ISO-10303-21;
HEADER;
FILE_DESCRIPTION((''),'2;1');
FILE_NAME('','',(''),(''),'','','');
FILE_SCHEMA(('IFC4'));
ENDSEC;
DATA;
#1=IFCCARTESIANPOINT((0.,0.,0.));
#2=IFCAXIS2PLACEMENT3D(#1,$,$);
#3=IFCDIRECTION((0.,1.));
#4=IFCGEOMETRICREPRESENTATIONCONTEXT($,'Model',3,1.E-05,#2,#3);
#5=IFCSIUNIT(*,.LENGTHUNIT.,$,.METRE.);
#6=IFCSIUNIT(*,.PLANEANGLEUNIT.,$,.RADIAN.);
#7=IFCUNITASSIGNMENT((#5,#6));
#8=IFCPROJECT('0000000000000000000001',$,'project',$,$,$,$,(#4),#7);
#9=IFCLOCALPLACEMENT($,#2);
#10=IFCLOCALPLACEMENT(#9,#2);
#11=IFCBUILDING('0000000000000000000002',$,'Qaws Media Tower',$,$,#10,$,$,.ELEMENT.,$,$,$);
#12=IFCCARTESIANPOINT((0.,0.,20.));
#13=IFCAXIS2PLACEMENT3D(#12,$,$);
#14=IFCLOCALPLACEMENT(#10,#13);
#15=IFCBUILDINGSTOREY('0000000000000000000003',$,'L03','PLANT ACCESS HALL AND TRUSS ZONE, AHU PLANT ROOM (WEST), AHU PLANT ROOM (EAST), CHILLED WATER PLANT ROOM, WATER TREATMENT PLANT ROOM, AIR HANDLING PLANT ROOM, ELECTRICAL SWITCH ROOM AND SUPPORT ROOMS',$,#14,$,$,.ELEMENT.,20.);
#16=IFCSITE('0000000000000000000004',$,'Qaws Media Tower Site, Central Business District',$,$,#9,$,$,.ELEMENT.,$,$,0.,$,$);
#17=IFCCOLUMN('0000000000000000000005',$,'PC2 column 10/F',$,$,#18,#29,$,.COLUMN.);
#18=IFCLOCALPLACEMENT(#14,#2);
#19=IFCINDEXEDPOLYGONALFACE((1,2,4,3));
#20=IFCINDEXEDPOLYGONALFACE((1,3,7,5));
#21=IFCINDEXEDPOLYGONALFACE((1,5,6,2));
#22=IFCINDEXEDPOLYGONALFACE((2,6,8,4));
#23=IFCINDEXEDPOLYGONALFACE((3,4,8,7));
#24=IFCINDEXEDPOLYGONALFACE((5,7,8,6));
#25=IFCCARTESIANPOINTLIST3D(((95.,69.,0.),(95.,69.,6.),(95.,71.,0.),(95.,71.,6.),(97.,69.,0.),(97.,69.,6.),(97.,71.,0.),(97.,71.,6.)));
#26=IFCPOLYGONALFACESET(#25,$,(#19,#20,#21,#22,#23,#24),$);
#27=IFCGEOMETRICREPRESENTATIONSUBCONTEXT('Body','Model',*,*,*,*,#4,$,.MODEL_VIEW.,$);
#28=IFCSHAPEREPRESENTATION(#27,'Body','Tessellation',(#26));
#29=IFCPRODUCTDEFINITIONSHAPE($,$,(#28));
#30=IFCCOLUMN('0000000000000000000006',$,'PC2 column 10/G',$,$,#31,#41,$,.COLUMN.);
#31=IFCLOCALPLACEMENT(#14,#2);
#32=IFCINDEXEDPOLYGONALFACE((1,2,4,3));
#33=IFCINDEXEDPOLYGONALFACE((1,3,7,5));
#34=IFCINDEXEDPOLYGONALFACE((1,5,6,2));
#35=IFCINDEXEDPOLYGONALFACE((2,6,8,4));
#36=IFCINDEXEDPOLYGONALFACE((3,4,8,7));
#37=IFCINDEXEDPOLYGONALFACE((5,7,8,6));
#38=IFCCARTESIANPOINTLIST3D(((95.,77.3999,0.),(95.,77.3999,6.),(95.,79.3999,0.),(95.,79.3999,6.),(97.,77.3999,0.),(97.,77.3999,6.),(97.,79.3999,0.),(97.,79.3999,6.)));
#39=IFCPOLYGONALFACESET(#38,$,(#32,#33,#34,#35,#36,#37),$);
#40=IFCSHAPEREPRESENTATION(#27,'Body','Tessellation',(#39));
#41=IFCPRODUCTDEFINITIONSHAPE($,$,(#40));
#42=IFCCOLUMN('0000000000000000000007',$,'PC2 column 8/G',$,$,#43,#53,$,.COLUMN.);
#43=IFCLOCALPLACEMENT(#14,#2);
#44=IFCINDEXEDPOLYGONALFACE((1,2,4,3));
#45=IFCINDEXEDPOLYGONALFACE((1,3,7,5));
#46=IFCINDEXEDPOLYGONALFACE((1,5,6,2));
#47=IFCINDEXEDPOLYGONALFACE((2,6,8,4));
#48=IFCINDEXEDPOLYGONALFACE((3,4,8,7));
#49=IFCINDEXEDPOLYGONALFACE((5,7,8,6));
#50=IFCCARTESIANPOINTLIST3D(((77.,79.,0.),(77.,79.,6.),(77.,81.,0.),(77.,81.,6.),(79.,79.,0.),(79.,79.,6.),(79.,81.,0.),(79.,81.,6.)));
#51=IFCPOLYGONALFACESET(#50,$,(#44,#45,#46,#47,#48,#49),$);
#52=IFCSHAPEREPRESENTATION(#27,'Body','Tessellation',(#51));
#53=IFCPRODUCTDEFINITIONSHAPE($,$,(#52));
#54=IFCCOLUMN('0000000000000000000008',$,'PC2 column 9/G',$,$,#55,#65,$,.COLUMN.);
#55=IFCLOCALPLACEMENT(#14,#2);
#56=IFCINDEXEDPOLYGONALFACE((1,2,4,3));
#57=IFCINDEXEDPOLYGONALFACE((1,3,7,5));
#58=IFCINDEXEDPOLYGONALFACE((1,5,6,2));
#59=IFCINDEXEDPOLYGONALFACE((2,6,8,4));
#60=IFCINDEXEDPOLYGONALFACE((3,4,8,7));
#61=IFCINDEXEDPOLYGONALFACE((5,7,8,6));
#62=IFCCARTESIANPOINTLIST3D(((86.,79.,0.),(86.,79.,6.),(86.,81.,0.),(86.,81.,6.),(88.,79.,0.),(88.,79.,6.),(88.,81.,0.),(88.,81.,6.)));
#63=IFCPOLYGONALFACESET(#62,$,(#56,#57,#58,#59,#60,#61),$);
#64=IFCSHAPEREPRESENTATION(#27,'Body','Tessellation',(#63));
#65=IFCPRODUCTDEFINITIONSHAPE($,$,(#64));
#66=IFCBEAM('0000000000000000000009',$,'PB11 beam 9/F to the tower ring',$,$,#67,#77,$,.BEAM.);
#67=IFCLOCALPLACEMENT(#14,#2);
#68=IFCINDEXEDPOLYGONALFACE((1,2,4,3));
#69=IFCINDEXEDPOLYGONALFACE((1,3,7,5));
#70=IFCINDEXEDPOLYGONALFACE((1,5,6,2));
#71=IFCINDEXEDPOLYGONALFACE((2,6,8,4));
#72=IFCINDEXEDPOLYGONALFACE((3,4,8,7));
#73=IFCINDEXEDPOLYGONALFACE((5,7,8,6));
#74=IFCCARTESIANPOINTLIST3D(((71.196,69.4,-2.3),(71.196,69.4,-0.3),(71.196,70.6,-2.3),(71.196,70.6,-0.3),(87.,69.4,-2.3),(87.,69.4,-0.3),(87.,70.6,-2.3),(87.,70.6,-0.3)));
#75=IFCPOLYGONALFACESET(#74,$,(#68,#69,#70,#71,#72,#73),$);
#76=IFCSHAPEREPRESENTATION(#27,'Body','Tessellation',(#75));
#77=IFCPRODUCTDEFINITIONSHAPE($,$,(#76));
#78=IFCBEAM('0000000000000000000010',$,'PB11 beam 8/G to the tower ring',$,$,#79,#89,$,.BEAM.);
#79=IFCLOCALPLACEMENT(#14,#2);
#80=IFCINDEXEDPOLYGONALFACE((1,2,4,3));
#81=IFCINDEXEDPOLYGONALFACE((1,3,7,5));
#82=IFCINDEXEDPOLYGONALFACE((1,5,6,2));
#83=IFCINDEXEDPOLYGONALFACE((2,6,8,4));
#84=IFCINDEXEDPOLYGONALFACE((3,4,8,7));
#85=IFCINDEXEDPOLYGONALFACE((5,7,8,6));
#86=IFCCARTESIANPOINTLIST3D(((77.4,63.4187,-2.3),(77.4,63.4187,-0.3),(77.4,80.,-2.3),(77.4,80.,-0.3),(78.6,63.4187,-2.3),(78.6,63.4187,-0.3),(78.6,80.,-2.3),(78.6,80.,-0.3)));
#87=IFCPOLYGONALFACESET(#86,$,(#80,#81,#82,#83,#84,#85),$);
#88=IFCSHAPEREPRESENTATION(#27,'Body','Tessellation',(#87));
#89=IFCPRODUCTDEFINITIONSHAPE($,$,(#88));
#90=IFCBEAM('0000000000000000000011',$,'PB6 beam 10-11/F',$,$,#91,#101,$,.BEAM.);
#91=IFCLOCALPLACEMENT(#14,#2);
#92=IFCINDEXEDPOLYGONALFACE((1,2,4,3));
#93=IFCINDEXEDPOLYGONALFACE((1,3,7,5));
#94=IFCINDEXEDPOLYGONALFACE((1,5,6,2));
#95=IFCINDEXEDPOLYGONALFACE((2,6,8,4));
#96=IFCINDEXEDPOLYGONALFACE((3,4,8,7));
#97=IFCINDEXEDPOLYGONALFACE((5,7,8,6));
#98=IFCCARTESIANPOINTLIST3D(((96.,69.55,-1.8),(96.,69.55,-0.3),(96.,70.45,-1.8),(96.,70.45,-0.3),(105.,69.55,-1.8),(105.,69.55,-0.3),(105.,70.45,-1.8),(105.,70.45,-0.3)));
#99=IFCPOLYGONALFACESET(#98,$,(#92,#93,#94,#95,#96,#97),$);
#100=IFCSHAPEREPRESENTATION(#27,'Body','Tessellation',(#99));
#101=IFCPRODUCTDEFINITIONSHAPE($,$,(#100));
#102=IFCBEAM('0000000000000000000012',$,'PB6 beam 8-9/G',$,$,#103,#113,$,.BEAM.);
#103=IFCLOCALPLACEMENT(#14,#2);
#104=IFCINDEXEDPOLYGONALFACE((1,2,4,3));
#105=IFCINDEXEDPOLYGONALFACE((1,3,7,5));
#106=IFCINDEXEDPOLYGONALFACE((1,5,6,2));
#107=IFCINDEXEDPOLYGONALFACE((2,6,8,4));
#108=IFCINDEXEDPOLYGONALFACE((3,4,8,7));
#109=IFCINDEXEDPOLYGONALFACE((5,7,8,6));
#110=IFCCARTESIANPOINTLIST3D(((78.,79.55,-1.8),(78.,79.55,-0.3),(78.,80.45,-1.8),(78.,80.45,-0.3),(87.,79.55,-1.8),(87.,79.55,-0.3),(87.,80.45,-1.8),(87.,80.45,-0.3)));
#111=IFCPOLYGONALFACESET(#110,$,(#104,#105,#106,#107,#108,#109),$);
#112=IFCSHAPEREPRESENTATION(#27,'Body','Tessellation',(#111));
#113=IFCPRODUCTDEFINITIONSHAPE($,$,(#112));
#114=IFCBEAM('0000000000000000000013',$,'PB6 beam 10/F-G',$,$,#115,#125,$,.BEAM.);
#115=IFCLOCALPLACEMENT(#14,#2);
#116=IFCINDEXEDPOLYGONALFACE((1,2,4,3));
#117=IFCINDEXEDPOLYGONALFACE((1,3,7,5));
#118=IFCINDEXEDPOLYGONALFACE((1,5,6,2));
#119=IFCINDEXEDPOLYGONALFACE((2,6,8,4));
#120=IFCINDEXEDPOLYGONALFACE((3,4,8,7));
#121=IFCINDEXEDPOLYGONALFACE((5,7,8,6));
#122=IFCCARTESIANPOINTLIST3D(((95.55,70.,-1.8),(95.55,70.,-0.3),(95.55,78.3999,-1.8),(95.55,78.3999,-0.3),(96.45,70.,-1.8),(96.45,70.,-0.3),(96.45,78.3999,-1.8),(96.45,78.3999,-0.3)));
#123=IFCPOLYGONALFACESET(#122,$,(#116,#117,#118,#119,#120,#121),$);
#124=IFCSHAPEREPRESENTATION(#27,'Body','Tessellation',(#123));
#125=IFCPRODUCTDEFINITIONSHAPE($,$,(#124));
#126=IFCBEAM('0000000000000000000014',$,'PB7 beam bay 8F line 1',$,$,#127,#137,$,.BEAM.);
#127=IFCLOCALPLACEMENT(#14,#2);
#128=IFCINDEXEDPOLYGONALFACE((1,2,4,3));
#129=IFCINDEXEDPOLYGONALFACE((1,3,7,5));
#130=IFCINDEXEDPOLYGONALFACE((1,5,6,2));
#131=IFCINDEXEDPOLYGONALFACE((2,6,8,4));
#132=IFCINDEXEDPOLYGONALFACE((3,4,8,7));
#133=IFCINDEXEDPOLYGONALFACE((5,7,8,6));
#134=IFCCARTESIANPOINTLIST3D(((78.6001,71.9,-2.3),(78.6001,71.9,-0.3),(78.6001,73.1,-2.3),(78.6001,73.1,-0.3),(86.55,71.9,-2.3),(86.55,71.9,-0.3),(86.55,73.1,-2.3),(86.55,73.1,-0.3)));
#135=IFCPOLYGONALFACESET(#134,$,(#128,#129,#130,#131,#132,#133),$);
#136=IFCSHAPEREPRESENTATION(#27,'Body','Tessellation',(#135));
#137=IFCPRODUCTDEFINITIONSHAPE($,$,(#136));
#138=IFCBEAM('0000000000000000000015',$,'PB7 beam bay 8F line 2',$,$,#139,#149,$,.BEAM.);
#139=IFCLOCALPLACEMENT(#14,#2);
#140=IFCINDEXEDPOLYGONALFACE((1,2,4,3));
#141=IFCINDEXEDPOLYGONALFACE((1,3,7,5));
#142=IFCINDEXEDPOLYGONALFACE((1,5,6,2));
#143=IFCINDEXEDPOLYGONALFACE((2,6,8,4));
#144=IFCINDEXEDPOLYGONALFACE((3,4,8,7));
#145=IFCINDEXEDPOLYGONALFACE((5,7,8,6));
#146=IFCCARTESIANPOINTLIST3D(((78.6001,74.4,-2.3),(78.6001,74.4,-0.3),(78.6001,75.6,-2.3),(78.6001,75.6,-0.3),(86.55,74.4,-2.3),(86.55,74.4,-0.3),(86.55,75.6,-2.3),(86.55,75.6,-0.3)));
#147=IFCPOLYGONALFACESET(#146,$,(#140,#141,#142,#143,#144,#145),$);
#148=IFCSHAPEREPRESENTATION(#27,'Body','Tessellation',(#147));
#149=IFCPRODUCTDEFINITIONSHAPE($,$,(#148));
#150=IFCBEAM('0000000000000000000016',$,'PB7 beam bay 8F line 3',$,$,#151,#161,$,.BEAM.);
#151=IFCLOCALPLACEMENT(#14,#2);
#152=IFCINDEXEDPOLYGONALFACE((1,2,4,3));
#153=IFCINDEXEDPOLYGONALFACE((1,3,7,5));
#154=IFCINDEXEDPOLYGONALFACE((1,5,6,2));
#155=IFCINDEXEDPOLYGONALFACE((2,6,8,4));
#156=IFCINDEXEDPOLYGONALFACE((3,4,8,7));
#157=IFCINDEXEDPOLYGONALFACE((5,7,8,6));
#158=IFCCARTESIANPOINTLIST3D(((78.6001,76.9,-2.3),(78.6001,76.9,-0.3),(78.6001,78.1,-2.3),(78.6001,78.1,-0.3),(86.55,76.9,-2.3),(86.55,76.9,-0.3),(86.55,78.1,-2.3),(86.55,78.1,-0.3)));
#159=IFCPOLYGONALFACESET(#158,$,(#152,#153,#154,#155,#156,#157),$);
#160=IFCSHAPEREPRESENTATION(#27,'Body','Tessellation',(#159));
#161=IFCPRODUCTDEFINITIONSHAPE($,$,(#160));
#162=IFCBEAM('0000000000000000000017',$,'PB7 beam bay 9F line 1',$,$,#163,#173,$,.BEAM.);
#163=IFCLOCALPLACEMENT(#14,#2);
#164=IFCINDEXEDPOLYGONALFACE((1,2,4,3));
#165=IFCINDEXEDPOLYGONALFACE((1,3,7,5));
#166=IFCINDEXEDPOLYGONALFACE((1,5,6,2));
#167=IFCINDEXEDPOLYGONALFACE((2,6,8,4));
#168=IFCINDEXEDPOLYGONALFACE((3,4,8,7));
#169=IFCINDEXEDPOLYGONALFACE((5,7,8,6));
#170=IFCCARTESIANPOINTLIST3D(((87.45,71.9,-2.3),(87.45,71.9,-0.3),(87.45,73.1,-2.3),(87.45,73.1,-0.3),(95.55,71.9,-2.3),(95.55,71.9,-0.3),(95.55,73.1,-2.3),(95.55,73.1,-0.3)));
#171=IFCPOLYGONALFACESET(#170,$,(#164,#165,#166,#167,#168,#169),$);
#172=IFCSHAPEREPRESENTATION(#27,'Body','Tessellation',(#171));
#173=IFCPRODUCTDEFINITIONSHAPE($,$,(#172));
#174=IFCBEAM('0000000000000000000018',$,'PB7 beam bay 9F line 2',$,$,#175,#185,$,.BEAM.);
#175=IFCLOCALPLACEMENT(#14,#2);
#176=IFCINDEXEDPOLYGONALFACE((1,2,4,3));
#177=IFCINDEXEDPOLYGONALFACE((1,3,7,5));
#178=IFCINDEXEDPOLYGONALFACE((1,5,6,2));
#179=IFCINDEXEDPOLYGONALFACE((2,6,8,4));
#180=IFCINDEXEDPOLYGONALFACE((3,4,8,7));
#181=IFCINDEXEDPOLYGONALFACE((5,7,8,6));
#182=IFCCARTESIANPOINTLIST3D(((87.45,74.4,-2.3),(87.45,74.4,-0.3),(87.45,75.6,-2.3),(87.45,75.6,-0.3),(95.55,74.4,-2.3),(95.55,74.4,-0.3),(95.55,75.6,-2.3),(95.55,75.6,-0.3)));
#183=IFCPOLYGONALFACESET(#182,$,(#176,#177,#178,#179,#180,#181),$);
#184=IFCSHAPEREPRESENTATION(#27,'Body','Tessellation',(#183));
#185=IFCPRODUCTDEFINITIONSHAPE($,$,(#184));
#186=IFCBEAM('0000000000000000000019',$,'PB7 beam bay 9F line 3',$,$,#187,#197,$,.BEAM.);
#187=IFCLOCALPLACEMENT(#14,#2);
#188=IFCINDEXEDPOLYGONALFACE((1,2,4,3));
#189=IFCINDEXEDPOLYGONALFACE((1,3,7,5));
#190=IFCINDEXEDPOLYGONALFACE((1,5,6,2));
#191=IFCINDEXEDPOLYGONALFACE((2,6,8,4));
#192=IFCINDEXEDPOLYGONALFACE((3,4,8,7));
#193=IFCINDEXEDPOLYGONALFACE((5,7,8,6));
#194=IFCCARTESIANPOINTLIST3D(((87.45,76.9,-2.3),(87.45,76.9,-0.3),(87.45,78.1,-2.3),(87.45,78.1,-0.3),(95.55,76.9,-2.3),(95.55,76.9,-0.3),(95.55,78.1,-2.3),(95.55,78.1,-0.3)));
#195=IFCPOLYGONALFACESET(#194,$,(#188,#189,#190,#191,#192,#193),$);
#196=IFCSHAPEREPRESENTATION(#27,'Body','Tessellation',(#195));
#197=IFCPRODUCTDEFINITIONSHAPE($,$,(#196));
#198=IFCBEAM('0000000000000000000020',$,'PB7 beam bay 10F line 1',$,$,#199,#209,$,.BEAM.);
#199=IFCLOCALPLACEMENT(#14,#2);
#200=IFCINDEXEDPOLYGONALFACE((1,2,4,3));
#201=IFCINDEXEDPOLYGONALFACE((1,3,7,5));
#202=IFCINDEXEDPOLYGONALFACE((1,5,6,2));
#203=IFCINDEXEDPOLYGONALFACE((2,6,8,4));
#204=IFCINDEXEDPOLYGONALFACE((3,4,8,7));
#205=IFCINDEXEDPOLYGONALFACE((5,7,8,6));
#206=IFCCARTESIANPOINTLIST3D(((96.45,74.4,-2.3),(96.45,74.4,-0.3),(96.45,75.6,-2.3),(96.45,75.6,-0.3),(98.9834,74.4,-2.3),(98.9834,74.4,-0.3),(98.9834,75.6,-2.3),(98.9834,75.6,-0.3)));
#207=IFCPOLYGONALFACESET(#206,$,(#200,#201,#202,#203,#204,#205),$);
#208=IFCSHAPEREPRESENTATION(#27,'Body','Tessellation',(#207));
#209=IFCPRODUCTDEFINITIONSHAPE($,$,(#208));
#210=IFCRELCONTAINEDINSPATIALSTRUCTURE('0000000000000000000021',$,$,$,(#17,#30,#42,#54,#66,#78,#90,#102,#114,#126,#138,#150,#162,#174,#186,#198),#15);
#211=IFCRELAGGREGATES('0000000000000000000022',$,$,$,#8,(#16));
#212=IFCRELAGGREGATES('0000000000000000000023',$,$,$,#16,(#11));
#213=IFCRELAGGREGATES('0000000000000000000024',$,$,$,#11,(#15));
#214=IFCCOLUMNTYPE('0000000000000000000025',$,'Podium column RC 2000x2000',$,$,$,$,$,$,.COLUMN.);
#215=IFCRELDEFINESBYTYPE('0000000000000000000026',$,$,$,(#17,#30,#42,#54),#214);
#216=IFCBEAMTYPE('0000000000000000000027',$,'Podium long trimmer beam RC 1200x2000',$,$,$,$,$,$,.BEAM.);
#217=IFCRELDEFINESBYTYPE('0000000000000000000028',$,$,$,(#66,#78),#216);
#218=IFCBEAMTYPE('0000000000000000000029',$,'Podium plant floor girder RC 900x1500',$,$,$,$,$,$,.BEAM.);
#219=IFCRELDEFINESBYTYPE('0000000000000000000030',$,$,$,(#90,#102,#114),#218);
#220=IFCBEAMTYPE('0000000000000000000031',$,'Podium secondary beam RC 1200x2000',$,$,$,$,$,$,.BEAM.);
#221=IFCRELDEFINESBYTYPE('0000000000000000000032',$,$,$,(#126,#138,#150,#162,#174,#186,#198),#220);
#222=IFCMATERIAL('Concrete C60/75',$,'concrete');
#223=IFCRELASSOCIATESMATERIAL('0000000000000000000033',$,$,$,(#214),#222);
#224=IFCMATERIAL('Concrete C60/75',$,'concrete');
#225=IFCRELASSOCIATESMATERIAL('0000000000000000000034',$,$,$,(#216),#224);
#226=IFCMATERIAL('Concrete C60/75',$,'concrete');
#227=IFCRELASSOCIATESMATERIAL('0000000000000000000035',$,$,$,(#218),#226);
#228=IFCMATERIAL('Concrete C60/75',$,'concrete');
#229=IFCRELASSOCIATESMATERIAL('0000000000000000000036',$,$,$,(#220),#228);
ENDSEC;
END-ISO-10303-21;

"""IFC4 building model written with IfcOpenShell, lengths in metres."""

from ifc_helpers import new_model, si_unit, direction, frame, origin, origin_2d, place, context, subcontext, project, spatial, rectangle, extrude, material, material_profile, profile_set, type_object, element, save


model = new_model("IFC4")

# Units and contexts
model_context = context("Model", 3, precision=1e-05, world=origin(), true_north=direction((0.0, 1.0)))
body_context = subcontext(model_context, "Body", "Model", "MODEL_VIEW")
ifc_project = project(units=[si_unit("LENGTHUNIT", "METRE"), si_unit("PLANEANGLEUNIT", "RADIAN")], contexts=[model_context])

# Site, building, storey
site_placement = place(None, origin())
site = spatial("IfcSite", under=ifc_project, at=site_placement, Name="Qaws Media Tower Site, Central Business District", CompositionType="ELEMENT", RefElevation=0.0)
building_placement = place(site_placement, origin())
building = spatial("IfcBuilding", under=site, at=building_placement, Name="Qaws Media Tower", CompositionType="ELEMENT")
storey_placement = place(building_placement, frame((0.0, 0.0, 20.0)))
storey = spatial("IfcBuildingStorey", under=building, at=storey_placement, Name="L03", Description="PLANT ACCESS HALL AND TRUSS ZONE, AHU PLANT ROOM (WEST), AHU PLANT ROOM (EAST), CHILLED WATER PLANT ROOM, WATER TREATMENT PLANT ROOM, AIR HANDLING PLANT ROOM, ELECTRICAL SWITCH ROOM AND SUPPORT ROOMS", CompositionType="ELEMENT", Elevation=20.0)

# Columns
ifc_material_1 = material(Name="Concrete C60/75", Category="concrete")
ifc_material_profile_1 = material_profile(ifc_material_1, rectangle(XDim=2.0, YDim=2.0, at=origin_2d()), Name="RC 2000x2000")
ifc_profile_set_1 = profile_set([ifc_material_profile_1], Name="Concrete C60/75")
column_type = type_object("IfcColumnType", Name="Podium column RC 2000x2000", PredefinedType="COLUMN", material=ifc_profile_set_1)
for number, where, z_axis, x_axis, name in (
    (1, (96.0, 70.0, 0.0), (0.0, 0.0, 1.0), (1.0, 0.0, 0.0), "PC2 column 10/F"),
    (2, (96.0, 78.3999, 0.0), (0.0, 0.0, 1.0), (1.0, 0.0, 0.0), "PC2 column 10/G"),
    (3, (78.0, 80.0, 0.0), (0.0, 0.0, 1.0), (1.0, 0.0, 0.0), "PC2 column 8/G"),
    (4, (87.0, 80.0, 0.0), (0.0, 0.0, 1.0), (1.0, 0.0, 0.0), "PC2 column 9/G"),
):
    element("IfcColumn", number, at=place(storey_placement, frame(where, z_axis=z_axis, x_axis=x_axis)), inside=storey, type_object=column_type, Name=name, PredefinedType="COLUMN", context=body_context, shape_type="SweptSolid", body=[
        extrude(rectangle(XDim=2.0, YDim=2.0, at=origin_2d()), origin(), (0.0, 0.0, 1.0), 6.0),
    ])

# Beams
ifc_material_2 = material(Name="Concrete C60/75", Category="concrete")
ifc_material_profile_2 = material_profile(ifc_material_2, rectangle(XDim=1.2, YDim=2.0, at=origin_2d()), Name="RC 1200x2000")
ifc_profile_set_2 = profile_set([ifc_material_profile_2], Name="Concrete C60/75")
beam_type_1 = type_object("IfcBeamType", Name="Podium long trimmer beam RC 1200x2000", PredefinedType="BEAM", material=ifc_profile_set_2)
beam_1_placement = place(storey_placement, frame((87.0, 70.0, -1.3), z_axis=(-1.0, 0.0, 0.0), x_axis=(0.0, -1.0, 0.0)))
element("IfcBeam", 5, at=beam_1_placement, inside=storey, type_object=beam_type_1, Name="PB11 beam 9/F to the tower ring", PredefinedType="BEAM", context=body_context, shape_type="SweptSolid", body=[
    extrude(rectangle(XDim=1.2, YDim=2.0, at=origin_2d()), origin(), (0.0, 0.0, 1.0), 15.804),
])
beam_2_placement = place(storey_placement, frame((78.0, 80.0, -1.3), z_axis=(0.0, -1.0, 0.0), x_axis=(1.0, 0.0, 0.0)))
element("IfcBeam", 6, at=beam_2_placement, inside=storey, type_object=beam_type_1, Name="PB11 beam 8/G to the tower ring", PredefinedType="BEAM", context=body_context, shape_type="SweptSolid", body=[
    extrude(rectangle(XDim=1.2, YDim=2.0, at=origin_2d()), origin(), (0.0, 0.0, 1.0), 16.5813),
])
ifc_material_3 = material(Name="Concrete C60/75", Category="concrete")
ifc_material_profile_3 = material_profile(ifc_material_3, rectangle(XDim=0.8999, YDim=1.5, at=origin_2d()), Name="RC 900x1500")
ifc_profile_set_3 = profile_set([ifc_material_profile_3], Name="Concrete C60/75")
beam_type_2 = type_object("IfcBeamType", Name="Podium plant floor girder RC 900x1500", PredefinedType="BEAM", material=ifc_profile_set_3)
for number, where, z_axis, x_axis, name in (
    (7, (96.0, 70.0, -1.05), (1.0, 0.0, 0.0), (0.0, 1.0, 0.0), "PB6 beam 10-11/F"),
    (8, (78.0, 80.0, -1.05), (1.0, 0.0, 0.0), (0.0, 1.0, 0.0), "PB6 beam 8-9/G"),
):
    element("IfcBeam", number, at=place(storey_placement, frame(where, z_axis=z_axis, x_axis=x_axis)), inside=storey, type_object=beam_type_2, Name=name, PredefinedType="BEAM", context=body_context, shape_type="SweptSolid", body=[
        extrude(rectangle(XDim=0.8999, YDim=1.5, at=origin_2d()), origin(), (0.0, 0.0, 1.0), 9.0),
    ])
beam_3_placement = place(storey_placement, frame((96.0, 70.0, -1.05), z_axis=(0.0, 1.0, 0.0), x_axis=(-1.0, 0.0, 0.0)))
element("IfcBeam", 9, at=beam_3_placement, inside=storey, type_object=beam_type_2, Name="PB6 beam 10/F-G", PredefinedType="BEAM", context=body_context, shape_type="SweptSolid", body=[
    extrude(rectangle(XDim=0.8999, YDim=1.5, at=origin_2d()), origin(), (0.0, 0.0, 1.0), 8.3999),
])
ifc_material_4 = material(Name="Concrete C60/75", Category="concrete")
ifc_material_profile_4 = material_profile(ifc_material_4, rectangle(XDim=1.2, YDim=2.0, at=origin_2d()), Name="RC 1200x2000")
ifc_profile_set_4 = profile_set([ifc_material_profile_4], Name="Concrete C60/75")
beam_type_3 = type_object("IfcBeamType", Name="Podium secondary beam RC 1200x2000", PredefinedType="BEAM", material=ifc_profile_set_4)
for number, where, z_axis, x_axis, name in (
    (10, (78.6001, 72.5, -1.3), (1.0, 0.0, 0.0), (0.0, 1.0, 0.0), "PB7 beam bay 8F line 1"),
    (11, (78.6001, 75.0, -1.3), (1.0, 0.0, 0.0), (0.0, 1.0, 0.0), "PB7 beam bay 8F line 2"),
    (12, (78.6001, 77.5, -1.3), (1.0, 0.0, 0.0), (0.0, 1.0, 0.0), "PB7 beam bay 8F line 3"),
):
    element("IfcBeam", number, at=place(storey_placement, frame(where, z_axis=z_axis, x_axis=x_axis)), inside=storey, type_object=beam_type_3, Name=name, PredefinedType="BEAM", context=body_context, shape_type="SweptSolid", body=[
        extrude(rectangle(XDim=1.2, YDim=2.0, at=origin_2d()), origin(), (0.0, 0.0, 1.0), 7.95),
    ])
for number, where, z_axis, x_axis, name in (
    (13, (87.45, 72.5, -1.3), (1.0, 0.0, 0.0), (0.0, 1.0, 0.0), "PB7 beam bay 9F line 1"),
    (14, (87.45, 75.0, -1.3), (1.0, 0.0, 0.0), (0.0, 1.0, 0.0), "PB7 beam bay 9F line 2"),
    (15, (87.45, 77.5, -1.3), (1.0, 0.0, 0.0), (0.0, 1.0, 0.0), "PB7 beam bay 9F line 3"),
):
    element("IfcBeam", number, at=place(storey_placement, frame(where, z_axis=z_axis, x_axis=x_axis)), inside=storey, type_object=beam_type_3, Name=name, PredefinedType="BEAM", context=body_context, shape_type="SweptSolid", body=[
        extrude(rectangle(XDim=1.2, YDim=2.0, at=origin_2d()), origin(), (0.0, 0.0, 1.0), 8.1001),
    ])
beam_4_placement = place(storey_placement, frame((96.45, 75.0, -1.3), z_axis=(1.0, 0.0, 0.0), x_axis=(0.0, 1.0, 0.0)))
element("IfcBeam", 16, at=beam_4_placement, inside=storey, type_object=beam_type_3, Name="PB7 beam bay 10F line 1", PredefinedType="BEAM", context=body_context, shape_type="SweptSolid", body=[
    extrude(rectangle(XDim=1.2, YDim=2.0, at=origin_2d()), origin(), (0.0, 0.0, 1.0), 2.5334),
])

save(model, "model.ifc")
